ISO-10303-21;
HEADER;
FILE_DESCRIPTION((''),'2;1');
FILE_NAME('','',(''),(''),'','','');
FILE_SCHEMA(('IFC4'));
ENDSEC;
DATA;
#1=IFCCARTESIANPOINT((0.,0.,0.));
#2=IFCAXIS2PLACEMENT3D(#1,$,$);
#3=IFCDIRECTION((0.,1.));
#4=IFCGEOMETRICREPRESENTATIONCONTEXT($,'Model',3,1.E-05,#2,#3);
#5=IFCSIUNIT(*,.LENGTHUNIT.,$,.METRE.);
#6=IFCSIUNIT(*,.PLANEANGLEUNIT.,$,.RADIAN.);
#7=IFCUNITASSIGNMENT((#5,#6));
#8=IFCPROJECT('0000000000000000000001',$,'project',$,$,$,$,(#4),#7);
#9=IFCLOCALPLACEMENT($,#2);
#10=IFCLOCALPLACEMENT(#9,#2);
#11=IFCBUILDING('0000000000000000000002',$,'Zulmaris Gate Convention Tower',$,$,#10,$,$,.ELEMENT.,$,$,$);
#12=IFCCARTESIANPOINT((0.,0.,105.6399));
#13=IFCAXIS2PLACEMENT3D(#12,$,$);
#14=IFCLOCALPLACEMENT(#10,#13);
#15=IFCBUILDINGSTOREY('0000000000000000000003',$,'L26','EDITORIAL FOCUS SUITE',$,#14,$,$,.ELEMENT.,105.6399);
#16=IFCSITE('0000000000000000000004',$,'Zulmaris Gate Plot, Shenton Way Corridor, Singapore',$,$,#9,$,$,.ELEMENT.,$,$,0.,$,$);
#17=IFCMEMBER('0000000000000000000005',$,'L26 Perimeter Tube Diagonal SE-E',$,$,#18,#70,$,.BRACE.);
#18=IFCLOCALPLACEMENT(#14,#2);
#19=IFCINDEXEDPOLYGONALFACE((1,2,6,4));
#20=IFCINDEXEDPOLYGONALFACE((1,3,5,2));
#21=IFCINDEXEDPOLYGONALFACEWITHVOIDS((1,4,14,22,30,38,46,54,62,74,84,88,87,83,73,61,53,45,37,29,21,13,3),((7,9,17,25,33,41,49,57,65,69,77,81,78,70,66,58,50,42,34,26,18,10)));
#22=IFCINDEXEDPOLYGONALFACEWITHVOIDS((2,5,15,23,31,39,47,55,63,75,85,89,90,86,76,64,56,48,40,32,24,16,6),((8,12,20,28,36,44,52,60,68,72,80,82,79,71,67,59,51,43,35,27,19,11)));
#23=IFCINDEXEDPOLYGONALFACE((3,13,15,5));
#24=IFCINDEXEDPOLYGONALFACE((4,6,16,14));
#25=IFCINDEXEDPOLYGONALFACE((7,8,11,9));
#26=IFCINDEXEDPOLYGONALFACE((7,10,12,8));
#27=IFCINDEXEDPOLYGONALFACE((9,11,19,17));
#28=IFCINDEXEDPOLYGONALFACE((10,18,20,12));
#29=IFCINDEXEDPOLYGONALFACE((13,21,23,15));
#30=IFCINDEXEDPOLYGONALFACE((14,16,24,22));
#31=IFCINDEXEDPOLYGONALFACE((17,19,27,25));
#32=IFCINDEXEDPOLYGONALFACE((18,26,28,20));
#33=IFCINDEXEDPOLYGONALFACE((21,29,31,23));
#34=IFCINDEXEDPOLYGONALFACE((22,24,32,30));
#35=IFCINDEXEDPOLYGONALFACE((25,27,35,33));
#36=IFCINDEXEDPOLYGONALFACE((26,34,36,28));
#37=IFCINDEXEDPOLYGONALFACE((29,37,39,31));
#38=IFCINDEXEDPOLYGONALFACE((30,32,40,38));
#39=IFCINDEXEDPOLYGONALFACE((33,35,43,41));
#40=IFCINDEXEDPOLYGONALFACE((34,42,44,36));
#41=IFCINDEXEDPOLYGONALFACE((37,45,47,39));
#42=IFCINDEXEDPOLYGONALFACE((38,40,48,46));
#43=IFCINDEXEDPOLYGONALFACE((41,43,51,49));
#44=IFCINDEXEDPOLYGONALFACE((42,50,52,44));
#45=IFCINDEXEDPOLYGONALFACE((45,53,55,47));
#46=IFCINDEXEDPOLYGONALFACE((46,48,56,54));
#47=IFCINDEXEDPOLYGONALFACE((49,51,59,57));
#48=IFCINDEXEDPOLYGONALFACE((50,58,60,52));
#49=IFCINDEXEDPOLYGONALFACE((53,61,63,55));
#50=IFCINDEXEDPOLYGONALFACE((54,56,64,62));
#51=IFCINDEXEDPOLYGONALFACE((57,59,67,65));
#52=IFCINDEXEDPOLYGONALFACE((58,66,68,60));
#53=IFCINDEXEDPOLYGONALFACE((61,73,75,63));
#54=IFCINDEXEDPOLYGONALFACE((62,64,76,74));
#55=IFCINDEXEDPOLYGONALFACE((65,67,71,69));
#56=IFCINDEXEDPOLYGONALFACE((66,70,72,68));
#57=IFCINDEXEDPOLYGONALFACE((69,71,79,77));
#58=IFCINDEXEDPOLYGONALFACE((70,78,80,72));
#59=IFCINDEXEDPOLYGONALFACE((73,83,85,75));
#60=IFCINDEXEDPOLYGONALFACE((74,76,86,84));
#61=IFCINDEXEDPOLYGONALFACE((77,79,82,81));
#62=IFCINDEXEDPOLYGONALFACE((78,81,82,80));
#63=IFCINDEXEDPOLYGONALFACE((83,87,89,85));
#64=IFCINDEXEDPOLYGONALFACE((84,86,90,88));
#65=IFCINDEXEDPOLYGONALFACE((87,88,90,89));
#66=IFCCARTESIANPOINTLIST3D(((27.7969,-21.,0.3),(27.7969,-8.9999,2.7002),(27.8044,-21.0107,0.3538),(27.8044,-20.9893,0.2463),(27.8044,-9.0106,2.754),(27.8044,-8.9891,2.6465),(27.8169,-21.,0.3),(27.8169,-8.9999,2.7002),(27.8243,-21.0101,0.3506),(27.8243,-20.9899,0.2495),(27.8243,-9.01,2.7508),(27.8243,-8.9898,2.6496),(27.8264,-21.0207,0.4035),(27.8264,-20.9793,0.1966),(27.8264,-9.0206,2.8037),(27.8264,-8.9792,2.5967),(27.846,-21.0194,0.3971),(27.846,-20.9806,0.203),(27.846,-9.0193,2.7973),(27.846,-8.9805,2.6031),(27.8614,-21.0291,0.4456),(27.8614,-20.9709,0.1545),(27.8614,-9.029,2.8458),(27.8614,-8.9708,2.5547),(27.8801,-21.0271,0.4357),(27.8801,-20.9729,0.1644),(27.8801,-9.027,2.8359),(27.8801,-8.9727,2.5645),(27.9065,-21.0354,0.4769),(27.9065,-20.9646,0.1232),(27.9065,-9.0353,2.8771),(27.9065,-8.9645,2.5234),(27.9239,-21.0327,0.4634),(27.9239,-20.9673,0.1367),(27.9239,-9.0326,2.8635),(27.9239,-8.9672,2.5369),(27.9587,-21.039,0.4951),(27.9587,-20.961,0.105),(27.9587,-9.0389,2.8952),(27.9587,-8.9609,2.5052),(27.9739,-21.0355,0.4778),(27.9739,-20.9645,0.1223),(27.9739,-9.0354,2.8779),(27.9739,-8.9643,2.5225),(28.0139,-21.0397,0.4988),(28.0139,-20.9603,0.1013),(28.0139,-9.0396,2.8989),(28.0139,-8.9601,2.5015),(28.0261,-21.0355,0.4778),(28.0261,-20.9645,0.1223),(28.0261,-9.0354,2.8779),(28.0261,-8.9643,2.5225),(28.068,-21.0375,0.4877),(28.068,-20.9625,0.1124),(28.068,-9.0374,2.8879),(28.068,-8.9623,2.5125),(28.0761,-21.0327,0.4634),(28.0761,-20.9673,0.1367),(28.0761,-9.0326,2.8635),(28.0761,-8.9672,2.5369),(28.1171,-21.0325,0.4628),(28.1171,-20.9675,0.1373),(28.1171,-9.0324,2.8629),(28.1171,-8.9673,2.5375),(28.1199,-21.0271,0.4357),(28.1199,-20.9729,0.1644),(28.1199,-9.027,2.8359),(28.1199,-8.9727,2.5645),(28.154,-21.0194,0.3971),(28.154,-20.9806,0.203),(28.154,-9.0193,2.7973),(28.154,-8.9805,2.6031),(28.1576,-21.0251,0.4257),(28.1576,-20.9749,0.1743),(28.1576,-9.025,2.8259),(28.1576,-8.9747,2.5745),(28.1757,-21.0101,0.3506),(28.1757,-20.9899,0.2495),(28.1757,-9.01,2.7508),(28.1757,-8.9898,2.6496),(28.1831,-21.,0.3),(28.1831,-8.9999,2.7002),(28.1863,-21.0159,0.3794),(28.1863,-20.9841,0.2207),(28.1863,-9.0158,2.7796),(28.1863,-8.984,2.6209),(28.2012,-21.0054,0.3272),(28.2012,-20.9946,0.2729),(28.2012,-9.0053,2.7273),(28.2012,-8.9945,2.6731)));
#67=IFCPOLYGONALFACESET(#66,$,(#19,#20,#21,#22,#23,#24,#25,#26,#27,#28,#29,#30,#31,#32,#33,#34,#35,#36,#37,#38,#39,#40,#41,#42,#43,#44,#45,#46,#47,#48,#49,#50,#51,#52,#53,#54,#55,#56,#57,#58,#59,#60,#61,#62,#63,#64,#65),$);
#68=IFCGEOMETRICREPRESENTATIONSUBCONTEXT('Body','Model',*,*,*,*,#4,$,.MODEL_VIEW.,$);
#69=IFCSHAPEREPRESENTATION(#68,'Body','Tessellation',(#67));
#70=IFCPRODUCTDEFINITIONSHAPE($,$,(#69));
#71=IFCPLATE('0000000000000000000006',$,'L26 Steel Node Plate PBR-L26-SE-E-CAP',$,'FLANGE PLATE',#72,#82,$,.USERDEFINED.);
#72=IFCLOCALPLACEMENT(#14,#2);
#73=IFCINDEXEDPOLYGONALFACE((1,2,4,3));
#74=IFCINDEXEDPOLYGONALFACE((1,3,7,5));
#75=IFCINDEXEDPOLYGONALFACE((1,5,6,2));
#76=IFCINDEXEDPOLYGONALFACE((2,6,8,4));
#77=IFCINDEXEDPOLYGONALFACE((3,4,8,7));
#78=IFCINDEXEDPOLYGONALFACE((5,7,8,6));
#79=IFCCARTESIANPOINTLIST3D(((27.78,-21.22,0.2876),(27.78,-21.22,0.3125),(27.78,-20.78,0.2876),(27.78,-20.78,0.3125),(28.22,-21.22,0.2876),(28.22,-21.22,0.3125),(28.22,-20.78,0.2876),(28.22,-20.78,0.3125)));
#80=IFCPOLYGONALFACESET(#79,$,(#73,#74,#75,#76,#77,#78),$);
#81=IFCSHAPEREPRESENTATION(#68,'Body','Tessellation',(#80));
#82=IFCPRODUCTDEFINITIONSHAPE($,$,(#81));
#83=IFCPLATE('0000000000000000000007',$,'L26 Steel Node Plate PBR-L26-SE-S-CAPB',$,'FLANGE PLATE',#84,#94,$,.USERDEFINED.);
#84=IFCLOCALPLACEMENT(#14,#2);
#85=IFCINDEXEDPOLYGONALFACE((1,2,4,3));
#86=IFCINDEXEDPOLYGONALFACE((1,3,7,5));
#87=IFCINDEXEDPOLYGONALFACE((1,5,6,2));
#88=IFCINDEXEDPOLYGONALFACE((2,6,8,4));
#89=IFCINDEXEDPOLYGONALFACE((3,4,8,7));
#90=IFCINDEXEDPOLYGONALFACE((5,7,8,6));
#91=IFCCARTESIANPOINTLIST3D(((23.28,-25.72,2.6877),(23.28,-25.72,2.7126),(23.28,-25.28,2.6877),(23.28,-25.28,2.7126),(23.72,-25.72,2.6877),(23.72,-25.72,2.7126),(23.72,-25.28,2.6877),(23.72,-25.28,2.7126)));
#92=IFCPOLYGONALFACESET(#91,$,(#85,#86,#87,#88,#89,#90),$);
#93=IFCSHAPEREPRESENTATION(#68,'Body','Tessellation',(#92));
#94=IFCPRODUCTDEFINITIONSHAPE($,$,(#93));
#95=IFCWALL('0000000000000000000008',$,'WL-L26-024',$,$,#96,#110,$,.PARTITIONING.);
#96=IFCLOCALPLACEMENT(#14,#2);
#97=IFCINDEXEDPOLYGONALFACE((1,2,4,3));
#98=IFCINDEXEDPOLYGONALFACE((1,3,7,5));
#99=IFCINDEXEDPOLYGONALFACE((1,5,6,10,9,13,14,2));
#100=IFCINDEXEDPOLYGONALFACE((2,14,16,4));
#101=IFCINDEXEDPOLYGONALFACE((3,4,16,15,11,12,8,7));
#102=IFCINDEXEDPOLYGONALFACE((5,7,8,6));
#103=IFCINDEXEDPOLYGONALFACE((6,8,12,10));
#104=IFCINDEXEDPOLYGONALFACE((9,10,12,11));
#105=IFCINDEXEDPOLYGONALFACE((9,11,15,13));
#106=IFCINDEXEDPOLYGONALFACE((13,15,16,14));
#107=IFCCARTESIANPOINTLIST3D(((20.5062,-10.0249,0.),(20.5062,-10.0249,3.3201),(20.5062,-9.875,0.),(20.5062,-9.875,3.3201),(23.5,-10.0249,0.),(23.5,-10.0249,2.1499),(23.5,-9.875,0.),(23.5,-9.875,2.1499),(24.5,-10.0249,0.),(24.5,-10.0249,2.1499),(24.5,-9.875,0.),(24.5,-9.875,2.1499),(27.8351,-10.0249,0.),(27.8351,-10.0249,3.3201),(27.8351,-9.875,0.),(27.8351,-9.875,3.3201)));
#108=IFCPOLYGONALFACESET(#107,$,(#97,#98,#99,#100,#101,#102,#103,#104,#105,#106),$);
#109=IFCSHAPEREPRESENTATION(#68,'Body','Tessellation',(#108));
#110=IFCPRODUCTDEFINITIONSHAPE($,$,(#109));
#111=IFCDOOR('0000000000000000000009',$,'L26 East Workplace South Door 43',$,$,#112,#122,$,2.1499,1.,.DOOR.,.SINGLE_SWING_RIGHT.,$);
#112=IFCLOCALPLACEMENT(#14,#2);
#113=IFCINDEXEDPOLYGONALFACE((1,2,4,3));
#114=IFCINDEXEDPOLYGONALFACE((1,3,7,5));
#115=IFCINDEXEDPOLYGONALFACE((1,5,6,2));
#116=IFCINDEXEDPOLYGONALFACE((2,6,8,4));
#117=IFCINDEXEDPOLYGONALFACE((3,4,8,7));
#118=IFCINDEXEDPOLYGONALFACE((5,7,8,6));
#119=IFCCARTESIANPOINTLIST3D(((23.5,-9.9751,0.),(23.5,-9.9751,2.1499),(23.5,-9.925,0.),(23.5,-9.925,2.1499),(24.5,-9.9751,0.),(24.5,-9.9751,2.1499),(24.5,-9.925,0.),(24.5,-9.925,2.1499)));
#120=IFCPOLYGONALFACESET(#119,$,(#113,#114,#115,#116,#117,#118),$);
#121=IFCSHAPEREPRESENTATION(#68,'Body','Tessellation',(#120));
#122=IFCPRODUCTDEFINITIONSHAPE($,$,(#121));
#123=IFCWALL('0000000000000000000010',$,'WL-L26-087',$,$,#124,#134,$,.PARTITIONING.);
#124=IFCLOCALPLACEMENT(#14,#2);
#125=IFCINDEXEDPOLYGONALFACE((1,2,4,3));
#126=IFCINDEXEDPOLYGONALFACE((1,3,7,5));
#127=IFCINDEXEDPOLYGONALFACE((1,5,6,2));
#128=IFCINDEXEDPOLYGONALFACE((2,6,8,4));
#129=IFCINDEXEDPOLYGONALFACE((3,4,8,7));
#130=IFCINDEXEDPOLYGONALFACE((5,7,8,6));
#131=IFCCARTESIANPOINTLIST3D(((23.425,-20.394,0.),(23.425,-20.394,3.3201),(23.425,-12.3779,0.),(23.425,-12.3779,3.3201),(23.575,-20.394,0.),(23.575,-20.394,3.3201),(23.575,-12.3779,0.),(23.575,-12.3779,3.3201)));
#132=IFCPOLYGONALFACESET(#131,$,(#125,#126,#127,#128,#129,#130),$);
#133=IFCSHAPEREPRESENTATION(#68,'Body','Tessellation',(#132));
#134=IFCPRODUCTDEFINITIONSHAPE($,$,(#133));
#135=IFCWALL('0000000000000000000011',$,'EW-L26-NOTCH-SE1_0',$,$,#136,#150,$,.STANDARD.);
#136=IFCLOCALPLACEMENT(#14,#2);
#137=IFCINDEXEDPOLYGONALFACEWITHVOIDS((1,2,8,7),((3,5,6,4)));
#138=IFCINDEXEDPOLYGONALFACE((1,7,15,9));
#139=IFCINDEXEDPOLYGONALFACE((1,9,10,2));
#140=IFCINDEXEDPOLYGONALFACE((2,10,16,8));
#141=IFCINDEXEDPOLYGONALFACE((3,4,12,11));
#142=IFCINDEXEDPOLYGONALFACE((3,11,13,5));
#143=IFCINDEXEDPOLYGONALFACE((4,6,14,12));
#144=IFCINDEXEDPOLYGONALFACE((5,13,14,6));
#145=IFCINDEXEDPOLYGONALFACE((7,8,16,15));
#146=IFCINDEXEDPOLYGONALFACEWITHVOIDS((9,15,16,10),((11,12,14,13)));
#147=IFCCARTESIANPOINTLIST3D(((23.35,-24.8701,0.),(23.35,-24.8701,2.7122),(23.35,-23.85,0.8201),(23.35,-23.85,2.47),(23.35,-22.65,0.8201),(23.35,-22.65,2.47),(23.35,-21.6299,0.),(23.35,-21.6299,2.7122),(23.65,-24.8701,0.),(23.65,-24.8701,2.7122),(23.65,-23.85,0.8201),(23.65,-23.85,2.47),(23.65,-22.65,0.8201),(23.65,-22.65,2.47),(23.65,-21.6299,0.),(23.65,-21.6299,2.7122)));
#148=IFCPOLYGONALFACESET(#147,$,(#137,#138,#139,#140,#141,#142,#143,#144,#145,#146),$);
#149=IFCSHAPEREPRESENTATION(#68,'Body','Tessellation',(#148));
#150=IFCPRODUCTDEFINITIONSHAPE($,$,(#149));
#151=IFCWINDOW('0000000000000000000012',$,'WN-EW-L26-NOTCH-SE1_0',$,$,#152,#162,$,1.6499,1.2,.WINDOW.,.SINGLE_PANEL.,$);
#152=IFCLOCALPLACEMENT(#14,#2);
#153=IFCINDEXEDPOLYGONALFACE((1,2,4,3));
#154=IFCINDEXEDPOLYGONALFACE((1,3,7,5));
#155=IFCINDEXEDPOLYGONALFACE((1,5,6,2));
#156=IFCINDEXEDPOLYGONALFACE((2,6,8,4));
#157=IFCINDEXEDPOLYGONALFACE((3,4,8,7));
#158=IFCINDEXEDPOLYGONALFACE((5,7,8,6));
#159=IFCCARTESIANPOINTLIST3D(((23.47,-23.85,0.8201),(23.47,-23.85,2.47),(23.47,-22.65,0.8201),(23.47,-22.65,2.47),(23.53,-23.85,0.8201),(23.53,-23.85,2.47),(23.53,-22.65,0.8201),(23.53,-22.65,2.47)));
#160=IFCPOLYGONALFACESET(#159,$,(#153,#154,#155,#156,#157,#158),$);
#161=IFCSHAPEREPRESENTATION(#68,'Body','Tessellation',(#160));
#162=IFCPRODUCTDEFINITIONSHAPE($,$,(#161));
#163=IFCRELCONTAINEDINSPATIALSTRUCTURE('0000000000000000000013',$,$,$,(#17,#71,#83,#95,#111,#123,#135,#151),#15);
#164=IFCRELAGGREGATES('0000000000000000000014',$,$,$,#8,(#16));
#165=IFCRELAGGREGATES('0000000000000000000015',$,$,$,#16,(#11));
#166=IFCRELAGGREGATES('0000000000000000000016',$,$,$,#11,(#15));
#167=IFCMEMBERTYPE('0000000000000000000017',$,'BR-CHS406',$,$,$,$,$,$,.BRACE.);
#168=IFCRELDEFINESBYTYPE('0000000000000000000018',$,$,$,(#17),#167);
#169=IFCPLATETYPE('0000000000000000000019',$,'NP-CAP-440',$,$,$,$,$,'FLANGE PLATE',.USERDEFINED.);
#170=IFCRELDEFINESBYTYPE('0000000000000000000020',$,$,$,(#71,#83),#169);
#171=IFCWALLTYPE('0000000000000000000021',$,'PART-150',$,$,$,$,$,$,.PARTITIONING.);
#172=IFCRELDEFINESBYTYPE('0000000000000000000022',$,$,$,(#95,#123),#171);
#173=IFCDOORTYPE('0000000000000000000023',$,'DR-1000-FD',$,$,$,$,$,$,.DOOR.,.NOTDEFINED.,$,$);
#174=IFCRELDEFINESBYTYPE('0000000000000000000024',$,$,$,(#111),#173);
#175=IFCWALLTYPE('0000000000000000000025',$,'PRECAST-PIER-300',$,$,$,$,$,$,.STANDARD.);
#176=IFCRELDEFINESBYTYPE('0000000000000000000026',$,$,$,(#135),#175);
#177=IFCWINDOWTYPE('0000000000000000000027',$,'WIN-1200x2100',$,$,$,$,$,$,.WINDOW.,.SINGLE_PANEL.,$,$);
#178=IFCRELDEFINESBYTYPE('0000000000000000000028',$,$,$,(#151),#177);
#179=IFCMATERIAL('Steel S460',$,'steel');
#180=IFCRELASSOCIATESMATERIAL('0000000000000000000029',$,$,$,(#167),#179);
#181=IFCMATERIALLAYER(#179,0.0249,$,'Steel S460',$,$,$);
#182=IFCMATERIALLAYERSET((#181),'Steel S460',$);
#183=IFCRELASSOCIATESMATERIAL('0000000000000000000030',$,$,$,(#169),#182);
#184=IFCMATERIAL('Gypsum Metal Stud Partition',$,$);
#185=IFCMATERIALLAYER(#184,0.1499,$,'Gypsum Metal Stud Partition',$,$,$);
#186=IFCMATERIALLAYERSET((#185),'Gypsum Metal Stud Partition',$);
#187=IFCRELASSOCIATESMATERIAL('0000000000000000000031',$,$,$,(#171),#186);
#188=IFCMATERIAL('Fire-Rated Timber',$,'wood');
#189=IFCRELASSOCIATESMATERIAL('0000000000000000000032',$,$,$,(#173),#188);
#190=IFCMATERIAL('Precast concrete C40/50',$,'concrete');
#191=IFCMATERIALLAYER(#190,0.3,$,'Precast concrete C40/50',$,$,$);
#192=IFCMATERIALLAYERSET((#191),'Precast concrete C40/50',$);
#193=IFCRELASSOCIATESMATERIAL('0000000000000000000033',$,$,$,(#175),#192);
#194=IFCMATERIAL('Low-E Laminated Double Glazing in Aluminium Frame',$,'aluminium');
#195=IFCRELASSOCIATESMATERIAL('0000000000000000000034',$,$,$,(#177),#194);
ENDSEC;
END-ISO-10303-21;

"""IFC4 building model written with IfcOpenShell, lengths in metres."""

from ifc_helpers import new_model, si_unit, direction, frame, frame_2d, origin, origin_2d, place, context, subcontext, project, spatial, rectangle, hollow_circle, extrude, material, layer, layer_set, material_profile, profile_set, type_object, element, fill, save


model = new_model("IFC4")

# Units and contexts
model_context = context("Model", 3, precision=1e-05, world=origin(), true_north=direction((0.0, 1.0)))
body_context = subcontext(model_context, "Body", "Model", "MODEL_VIEW")
ifc_project = project(units=[si_unit("LENGTHUNIT", "METRE"), si_unit("PLANEANGLEUNIT", "RADIAN")], contexts=[model_context])

# Site, building, storey
site_placement = place(None, origin())
site = spatial("IfcSite", under=ifc_project, at=site_placement, Name="Zulmaris Gate Plot, Shenton Way Corridor, Singapore", CompositionType="ELEMENT", RefElevation=0.0)
building_placement = place(site_placement, origin())
building = spatial("IfcBuilding", under=site, at=building_placement, Name="Zulmaris Gate Convention Tower", CompositionType="ELEMENT")
storey_placement = place(building_placement, frame((0.0, 0.0, 105.6399)))
storey = spatial("IfcBuildingStorey", under=building, at=storey_placement, Name="L26", Description="EDITORIAL FOCUS SUITE", CompositionType="ELEMENT", Elevation=105.6399)

# Member
ifc_material_1 = material(Name="Steel S460", Category="steel")
ifc_material_profile_1 = material_profile(ifc_material_1, hollow_circle(Radius=0.2031, WallThickness=0.02, at=origin_2d()), Name="CHS 406.4x20")
ifc_profile_set_1 = profile_set([ifc_material_profile_1], Name="Steel S460")
member_type = type_object("IfcMemberType", Name="BR-CHS406", PredefinedType="BRACE", material=ifc_profile_set_1)
member_placement = place(storey_placement, frame((28.0, -21.0, 0.3), z_axis=(0.0, 0.980578, 0.196128), x_axis=(-1.0, 0.0, 0.0)))
element("IfcMember", 1, at=member_placement, inside=storey, type_object=member_type, Name="L26 Perimeter Tube Diagonal SE-E", PredefinedType="BRACE", context=body_context, shape_type="SweptSolid", body=[
    extrude(hollow_circle(Radius=0.2031, WallThickness=0.02, at=origin_2d()), origin(), (0.0, 0.0, 1.0), 12.2378),
])

# Plates
ifc_layer_1 = layer(ifc_material_1, 0.0249, Name="Steel S460")
ifc_layer_set_1 = layer_set([ifc_layer_1], Name="Steel S460")
plate_type = type_object("IfcPlateType", Name="NP-CAP-440", ElementType="FLANGE PLATE", PredefinedType="USERDEFINED", material=ifc_layer_set_1)
for number, where, z_axis, x_axis, name in (
    (2, (28.0, -21.0, 0.2876), (0.0, 0.0, 1.0), (1.0, 0.0, 0.0), "L26 Steel Node Plate PBR-L26-SE-E-CAP"),
    (3, (23.5, -25.5, 2.6877), (0.0, 0.0, 1.0), (1.0, 0.0, 0.0), "L26 Steel Node Plate PBR-L26-SE-S-CAPB"),
):
    element("IfcPlate", number, at=place(storey_placement, frame(where, z_axis=z_axis, x_axis=x_axis)), inside=storey, type_object=plate_type, Name=name, ObjectType="FLANGE PLATE", PredefinedType="USERDEFINED", context=body_context, shape_type="SweptSolid", body=[
        extrude(rectangle(XDim=0.4399, YDim=0.4399, at=origin_2d()), origin(), (0.0, 0.0, 1.0), 0.0249),
    ])

# Wall, opening, door
ifc_material_2 = material(Name="Gypsum Metal Stud Partition")
ifc_layer_2 = layer(ifc_material_2, 0.1499, Name="Gypsum Metal Stud Partition")
ifc_layer_set_2 = layer_set([ifc_layer_2], Name="Gypsum Metal Stud Partition")
wall_type_1 = type_object("IfcWallType", Name="PART-150", PredefinedType="PARTITIONING", material=ifc_layer_set_2)
wall_1_placement = place(storey_placement, frame((20.5061, -9.95, 0.0), z_axis=(0.0, 0.0, 1.0), x_axis=(1.0, 0.0, 0.0)))
wall_1 = element("IfcWall", 4, at=wall_1_placement, inside=storey, type_object=wall_type_1, Name="WL-L26-024", PredefinedType="PARTITIONING", context=body_context, shape_type="SweptSolid", body=[
    extrude(rectangle(XDim=7.3289, YDim=0.1499, at=frame_2d((3.6646, 0.0))), origin(), (0.0, 0.0, 1.0), 3.3201),
])
opening_1_placement = place(wall_1_placement, frame((2.9939, 0.0, 0.0)))
opening_1 = element("IfcOpeningElement", 5, at=opening_1_placement, cuts=wall_1, PredefinedType="OPENING", context=body_context, shape_type="SweptSolid", body=[
    extrude(rectangle(XDim=1.0, YDim=2.1499, at=frame_2d((0.5, 1.075))), frame((0.0, 0.085, 0.0), z_axis=(0.0, -1.0, 0.0), x_axis=(1.0, 0.0, 0.0)), (0.0, 0.0, 1.0), 0.1699),
])
ifc_material_3 = material(Name="Fire-Rated Timber", Category="wood")
door_type_1 = type_object("IfcDoorType", Name="DR-1000-FD", OperationType="NOTDEFINED", PredefinedType="DOOR", material=ifc_material_3)
door_1_placement = place(opening_1_placement, origin())
door_1 = element("IfcDoor", 6, at=door_1_placement, inside=storey, type_object=door_type_1, Name="L26 East Workplace South Door 43", OperationType="SINGLE_SWING_RIGHT", OverallHeight=2.1499, OverallWidth=1.0, PredefinedType="DOOR", context=body_context, shape_type="SweptSolid", body=[
    extrude(rectangle(XDim=1.0, YDim=2.1499, at=frame_2d((0.5, 1.075))), frame((0.0, 0.0249, 0.0), z_axis=(0.0, -1.0, 0.0), x_axis=(1.0, 0.0, 0.0)), (0.0, 0.0, 1.0), 0.05),
])
fill(opening_1, door_1)

# Wall
wall_2_placement = place(storey_placement, frame((23.5, -20.394, 0.0), z_axis=(0.0, 0.0, 1.0), x_axis=(0.0, 1.0, 0.0)))
element("IfcWall", 7, at=wall_2_placement, inside=storey, type_object=wall_type_1, Name="WL-L26-087", PredefinedType="PARTITIONING", context=body_context, shape_type="SweptSolid", body=[
    extrude(rectangle(XDim=8.0161, YDim=0.1499, at=frame_2d((4.0081, 0.0))), origin(), (0.0, 0.0, 1.0), 3.3201),
])

# Wall, opening, window
ifc_material_4 = material(Name="Precast concrete C40/50", Category="concrete")
ifc_layer_3 = layer(ifc_material_4, 0.3, Name="Precast concrete C40/50")
ifc_layer_set_3 = layer_set([ifc_layer_3], Name="Precast concrete C40/50")
wall_type_2 = type_object("IfcWallType", Name="PRECAST-PIER-300", PredefinedType="STANDARD", material=ifc_layer_set_3)
wall_3_placement = place(storey_placement, frame((23.5, -24.8701, 0.0), z_axis=(0.0, 0.0, 1.0), x_axis=(0.0, 1.0, 0.0)))
wall_3 = element("IfcWall", 8, at=wall_3_placement, inside=storey, type_object=wall_type_2, Name="EW-L26-NOTCH-SE1_0", PredefinedType="STANDARD", context=body_context, shape_type="SweptSolid", body=[
    extrude(rectangle(XDim=3.2402, YDim=0.3, at=frame_2d((1.6201, 0.0))), origin(), (0.0, 0.0, 1.0), 2.7122),
])
opening_2_placement = place(wall_3_placement, frame((1.02, 0.0, 0.8201)))
opening_2 = element("IfcOpeningElement", 9, at=opening_2_placement, cuts=wall_3, PredefinedType="OPENING", context=body_context, shape_type="SweptSolid", body=[
    extrude(rectangle(XDim=1.2, YDim=1.6499, at=frame_2d((0.6001, 0.825))), frame((0.0, 0.1602, 0.0), z_axis=(0.0, -1.0, 0.0), x_axis=(1.0, 0.0, 0.0)), (0.0, 0.0, 1.0), 0.3201),
])
ifc_material_5 = material(Name="Low-E Laminated Double Glazing in Aluminium Frame", Category="aluminium")
window_type = type_object("IfcWindowType", Name="WIN-1200x2100", PartitioningType="SINGLE_PANEL", PredefinedType="WINDOW", material=ifc_material_5)
window_1_placement = place(opening_2_placement, origin())
window_1 = element("IfcWindow", 10, at=window_1_placement, inside=storey, type_object=window_type, Name="WN-EW-L26-NOTCH-SE1_0", OverallHeight=1.6499, OverallWidth=1.2, PartitioningType="SINGLE_PANEL", PredefinedType="WINDOW", context=body_context, shape_type="SweptSolid", body=[
    extrude(rectangle(XDim=1.2, YDim=1.6499, at=frame_2d((0.6001, 0.825))), frame((0.0, 0.03, 0.0), z_axis=(0.0, -1.0, 0.0), x_axis=(1.0, 0.0, 0.0)), (0.0, 0.0, 1.0), 0.0601),
])
fill(opening_2, window_1)

save(model, "model.ifc")
